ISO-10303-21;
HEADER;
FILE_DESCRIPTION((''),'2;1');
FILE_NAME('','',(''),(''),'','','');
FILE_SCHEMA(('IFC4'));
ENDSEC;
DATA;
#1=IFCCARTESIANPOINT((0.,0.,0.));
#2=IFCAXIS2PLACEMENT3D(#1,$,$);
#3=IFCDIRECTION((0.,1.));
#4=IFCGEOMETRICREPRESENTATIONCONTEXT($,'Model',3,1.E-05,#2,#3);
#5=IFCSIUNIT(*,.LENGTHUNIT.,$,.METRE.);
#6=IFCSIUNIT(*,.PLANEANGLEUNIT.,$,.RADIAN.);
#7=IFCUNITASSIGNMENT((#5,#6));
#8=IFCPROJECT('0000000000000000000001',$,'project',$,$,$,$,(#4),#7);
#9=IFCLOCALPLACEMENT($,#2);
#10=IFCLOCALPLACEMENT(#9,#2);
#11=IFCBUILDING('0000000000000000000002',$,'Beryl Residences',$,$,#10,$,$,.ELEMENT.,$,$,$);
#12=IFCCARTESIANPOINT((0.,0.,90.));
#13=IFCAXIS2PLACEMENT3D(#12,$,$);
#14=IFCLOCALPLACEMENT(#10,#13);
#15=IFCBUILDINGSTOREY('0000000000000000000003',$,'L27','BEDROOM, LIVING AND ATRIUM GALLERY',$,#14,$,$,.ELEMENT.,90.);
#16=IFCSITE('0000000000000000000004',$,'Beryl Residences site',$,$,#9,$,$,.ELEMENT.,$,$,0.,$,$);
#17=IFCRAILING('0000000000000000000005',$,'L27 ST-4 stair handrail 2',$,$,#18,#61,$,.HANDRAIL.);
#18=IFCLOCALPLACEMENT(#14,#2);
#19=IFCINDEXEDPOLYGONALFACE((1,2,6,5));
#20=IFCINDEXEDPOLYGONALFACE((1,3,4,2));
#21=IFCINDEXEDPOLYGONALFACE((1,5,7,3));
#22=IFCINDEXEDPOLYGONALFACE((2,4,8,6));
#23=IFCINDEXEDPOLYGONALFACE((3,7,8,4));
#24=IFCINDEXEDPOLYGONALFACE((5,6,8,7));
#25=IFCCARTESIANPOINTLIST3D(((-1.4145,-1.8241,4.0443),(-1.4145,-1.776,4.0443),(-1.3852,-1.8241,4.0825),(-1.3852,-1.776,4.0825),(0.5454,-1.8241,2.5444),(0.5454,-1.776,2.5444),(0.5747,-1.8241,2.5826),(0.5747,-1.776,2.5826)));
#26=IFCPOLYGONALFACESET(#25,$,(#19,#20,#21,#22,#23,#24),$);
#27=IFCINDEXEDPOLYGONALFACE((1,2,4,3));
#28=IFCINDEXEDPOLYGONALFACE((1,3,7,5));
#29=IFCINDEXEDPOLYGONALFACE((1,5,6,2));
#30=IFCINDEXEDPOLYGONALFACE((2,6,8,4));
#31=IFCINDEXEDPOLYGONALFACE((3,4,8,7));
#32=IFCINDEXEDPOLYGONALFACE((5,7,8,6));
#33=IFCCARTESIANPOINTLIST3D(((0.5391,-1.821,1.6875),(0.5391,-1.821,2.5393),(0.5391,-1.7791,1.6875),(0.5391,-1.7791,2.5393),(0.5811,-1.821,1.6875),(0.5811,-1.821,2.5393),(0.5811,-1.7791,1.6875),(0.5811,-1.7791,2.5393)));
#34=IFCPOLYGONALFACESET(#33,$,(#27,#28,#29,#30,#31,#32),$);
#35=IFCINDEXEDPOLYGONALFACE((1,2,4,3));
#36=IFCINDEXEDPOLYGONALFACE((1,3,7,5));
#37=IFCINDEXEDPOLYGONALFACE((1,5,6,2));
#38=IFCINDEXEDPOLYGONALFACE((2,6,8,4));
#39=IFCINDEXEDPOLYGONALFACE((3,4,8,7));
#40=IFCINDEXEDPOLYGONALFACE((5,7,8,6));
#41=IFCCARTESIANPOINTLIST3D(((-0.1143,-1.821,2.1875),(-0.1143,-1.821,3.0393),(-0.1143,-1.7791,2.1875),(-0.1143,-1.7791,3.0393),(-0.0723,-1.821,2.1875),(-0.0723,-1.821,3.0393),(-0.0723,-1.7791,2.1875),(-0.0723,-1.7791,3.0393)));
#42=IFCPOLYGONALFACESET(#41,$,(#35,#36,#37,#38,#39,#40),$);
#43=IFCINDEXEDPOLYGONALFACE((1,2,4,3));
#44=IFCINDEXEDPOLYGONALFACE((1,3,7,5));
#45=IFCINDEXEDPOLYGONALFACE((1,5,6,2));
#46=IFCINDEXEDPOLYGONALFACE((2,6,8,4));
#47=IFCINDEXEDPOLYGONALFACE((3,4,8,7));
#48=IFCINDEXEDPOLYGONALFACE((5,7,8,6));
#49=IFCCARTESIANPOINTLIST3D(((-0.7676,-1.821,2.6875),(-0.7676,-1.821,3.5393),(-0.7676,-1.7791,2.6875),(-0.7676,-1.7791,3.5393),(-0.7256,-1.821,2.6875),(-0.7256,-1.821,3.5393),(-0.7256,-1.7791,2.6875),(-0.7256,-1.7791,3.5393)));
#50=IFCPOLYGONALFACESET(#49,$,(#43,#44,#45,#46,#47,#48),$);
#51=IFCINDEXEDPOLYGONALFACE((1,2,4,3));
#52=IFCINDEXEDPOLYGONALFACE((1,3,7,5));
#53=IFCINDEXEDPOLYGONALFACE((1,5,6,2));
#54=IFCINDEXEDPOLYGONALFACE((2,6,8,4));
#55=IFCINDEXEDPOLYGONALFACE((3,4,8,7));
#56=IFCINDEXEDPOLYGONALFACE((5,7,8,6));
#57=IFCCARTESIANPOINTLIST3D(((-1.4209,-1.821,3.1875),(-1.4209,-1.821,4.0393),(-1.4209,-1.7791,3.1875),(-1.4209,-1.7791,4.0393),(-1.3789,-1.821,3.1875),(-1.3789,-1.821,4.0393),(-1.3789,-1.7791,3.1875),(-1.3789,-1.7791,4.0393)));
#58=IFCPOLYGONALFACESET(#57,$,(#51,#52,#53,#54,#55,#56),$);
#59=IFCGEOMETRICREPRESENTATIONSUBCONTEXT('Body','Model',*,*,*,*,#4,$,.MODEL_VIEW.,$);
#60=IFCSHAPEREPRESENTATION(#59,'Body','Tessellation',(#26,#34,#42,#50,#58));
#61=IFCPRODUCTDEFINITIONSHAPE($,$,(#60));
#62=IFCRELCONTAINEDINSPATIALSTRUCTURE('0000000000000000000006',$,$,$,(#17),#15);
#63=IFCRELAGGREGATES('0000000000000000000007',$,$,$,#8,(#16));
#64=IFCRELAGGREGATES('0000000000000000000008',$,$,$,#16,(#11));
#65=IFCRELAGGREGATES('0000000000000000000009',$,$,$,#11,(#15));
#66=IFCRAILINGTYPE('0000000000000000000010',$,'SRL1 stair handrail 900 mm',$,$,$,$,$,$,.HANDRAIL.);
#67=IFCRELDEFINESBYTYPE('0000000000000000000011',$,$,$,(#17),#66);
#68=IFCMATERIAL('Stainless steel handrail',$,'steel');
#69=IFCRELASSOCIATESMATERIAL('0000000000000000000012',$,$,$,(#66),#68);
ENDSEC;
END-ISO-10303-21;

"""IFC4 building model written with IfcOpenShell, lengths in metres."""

from ifc_helpers import new_model, si_unit, direction, frame, origin, origin_2d, place, context, subcontext, project, spatial, rectangle, extrude, material, type_object, element, save


model = new_model("IFC4")

# Units and contexts
model_context = context("Model", 3, precision=1e-05, world=origin(), true_north=direction((0.0, 1.0)))
body_context = subcontext(model_context, "Body", "Model", "MODEL_VIEW")
ifc_project = project(units=[si_unit("LENGTHUNIT", "METRE"), si_unit("PLANEANGLEUNIT", "RADIAN")], contexts=[model_context])

# Site, building, storey
site_placement = place(None, origin())
site = spatial("IfcSite", under=ifc_project, at=site_placement, Name="Beryl Residences site", CompositionType="ELEMENT", RefElevation=0.0)
building_placement = place(site_placement, origin())
building = spatial("IfcBuilding", under=site, at=building_placement, Name="Beryl Residences", CompositionType="ELEMENT")
storey_placement = place(building_placement, frame((0.0, 0.0, 90.0)))
storey = spatial("IfcBuildingStorey", under=building, at=storey_placement, Name="L27", Description="BEDROOM, LIVING AND ATRIUM GALLERY", CompositionType="ELEMENT", Elevation=90.0)

# Railing
ifc_material_1 = material(Name="Stainless steel handrail", Category="steel")
railing_type_1 = type_object("IfcRailingType", Name="SRL1 stair handrail 900 mm", PredefinedType="HANDRAIL", material=ifc_material_1)
railing_1_placement = place(storey_placement, frame((0.5601, -1.8, 1.6875)))
element("IfcRailing", 1, at=railing_1_placement, inside=storey, type_object=railing_type_1, Name="L27 ST-4 stair handrail 2", PredefinedType="HANDRAIL", context=body_context, shape_type="SweptSolid", body=[
    extrude(rectangle(XDim=0.0481, YDim=0.0481, at=origin_2d()), frame((0.0, 0.0, 0.876), z_axis=(-0.794122, 0.0, 0.607758), x_axis=(0.0, -1.0, 0.0)), (0.0, 0.0, 1.0), 2.468),
    extrude(rectangle(XDim=0.042, YDim=0.042, at=origin_2d()), origin(), (0.0, 0.0, 1.0), 0.8518),
    extrude(rectangle(XDim=0.042, YDim=0.042, at=origin_2d()), frame((-0.6533, 0.0, 0.5)), (0.0, 0.0, 1.0), 0.8518),
    extrude(rectangle(XDim=0.042, YDim=0.042, at=origin_2d()), frame((-1.3066, 0.0, 1.0)), (0.0, 0.0, 1.0), 0.8518),
    extrude(rectangle(XDim=0.042, YDim=0.042, at=origin_2d()), frame((-1.96, 0.0, 1.5)), (0.0, 0.0, 1.0), 0.8518),
])

save(model, "model.ifc")
